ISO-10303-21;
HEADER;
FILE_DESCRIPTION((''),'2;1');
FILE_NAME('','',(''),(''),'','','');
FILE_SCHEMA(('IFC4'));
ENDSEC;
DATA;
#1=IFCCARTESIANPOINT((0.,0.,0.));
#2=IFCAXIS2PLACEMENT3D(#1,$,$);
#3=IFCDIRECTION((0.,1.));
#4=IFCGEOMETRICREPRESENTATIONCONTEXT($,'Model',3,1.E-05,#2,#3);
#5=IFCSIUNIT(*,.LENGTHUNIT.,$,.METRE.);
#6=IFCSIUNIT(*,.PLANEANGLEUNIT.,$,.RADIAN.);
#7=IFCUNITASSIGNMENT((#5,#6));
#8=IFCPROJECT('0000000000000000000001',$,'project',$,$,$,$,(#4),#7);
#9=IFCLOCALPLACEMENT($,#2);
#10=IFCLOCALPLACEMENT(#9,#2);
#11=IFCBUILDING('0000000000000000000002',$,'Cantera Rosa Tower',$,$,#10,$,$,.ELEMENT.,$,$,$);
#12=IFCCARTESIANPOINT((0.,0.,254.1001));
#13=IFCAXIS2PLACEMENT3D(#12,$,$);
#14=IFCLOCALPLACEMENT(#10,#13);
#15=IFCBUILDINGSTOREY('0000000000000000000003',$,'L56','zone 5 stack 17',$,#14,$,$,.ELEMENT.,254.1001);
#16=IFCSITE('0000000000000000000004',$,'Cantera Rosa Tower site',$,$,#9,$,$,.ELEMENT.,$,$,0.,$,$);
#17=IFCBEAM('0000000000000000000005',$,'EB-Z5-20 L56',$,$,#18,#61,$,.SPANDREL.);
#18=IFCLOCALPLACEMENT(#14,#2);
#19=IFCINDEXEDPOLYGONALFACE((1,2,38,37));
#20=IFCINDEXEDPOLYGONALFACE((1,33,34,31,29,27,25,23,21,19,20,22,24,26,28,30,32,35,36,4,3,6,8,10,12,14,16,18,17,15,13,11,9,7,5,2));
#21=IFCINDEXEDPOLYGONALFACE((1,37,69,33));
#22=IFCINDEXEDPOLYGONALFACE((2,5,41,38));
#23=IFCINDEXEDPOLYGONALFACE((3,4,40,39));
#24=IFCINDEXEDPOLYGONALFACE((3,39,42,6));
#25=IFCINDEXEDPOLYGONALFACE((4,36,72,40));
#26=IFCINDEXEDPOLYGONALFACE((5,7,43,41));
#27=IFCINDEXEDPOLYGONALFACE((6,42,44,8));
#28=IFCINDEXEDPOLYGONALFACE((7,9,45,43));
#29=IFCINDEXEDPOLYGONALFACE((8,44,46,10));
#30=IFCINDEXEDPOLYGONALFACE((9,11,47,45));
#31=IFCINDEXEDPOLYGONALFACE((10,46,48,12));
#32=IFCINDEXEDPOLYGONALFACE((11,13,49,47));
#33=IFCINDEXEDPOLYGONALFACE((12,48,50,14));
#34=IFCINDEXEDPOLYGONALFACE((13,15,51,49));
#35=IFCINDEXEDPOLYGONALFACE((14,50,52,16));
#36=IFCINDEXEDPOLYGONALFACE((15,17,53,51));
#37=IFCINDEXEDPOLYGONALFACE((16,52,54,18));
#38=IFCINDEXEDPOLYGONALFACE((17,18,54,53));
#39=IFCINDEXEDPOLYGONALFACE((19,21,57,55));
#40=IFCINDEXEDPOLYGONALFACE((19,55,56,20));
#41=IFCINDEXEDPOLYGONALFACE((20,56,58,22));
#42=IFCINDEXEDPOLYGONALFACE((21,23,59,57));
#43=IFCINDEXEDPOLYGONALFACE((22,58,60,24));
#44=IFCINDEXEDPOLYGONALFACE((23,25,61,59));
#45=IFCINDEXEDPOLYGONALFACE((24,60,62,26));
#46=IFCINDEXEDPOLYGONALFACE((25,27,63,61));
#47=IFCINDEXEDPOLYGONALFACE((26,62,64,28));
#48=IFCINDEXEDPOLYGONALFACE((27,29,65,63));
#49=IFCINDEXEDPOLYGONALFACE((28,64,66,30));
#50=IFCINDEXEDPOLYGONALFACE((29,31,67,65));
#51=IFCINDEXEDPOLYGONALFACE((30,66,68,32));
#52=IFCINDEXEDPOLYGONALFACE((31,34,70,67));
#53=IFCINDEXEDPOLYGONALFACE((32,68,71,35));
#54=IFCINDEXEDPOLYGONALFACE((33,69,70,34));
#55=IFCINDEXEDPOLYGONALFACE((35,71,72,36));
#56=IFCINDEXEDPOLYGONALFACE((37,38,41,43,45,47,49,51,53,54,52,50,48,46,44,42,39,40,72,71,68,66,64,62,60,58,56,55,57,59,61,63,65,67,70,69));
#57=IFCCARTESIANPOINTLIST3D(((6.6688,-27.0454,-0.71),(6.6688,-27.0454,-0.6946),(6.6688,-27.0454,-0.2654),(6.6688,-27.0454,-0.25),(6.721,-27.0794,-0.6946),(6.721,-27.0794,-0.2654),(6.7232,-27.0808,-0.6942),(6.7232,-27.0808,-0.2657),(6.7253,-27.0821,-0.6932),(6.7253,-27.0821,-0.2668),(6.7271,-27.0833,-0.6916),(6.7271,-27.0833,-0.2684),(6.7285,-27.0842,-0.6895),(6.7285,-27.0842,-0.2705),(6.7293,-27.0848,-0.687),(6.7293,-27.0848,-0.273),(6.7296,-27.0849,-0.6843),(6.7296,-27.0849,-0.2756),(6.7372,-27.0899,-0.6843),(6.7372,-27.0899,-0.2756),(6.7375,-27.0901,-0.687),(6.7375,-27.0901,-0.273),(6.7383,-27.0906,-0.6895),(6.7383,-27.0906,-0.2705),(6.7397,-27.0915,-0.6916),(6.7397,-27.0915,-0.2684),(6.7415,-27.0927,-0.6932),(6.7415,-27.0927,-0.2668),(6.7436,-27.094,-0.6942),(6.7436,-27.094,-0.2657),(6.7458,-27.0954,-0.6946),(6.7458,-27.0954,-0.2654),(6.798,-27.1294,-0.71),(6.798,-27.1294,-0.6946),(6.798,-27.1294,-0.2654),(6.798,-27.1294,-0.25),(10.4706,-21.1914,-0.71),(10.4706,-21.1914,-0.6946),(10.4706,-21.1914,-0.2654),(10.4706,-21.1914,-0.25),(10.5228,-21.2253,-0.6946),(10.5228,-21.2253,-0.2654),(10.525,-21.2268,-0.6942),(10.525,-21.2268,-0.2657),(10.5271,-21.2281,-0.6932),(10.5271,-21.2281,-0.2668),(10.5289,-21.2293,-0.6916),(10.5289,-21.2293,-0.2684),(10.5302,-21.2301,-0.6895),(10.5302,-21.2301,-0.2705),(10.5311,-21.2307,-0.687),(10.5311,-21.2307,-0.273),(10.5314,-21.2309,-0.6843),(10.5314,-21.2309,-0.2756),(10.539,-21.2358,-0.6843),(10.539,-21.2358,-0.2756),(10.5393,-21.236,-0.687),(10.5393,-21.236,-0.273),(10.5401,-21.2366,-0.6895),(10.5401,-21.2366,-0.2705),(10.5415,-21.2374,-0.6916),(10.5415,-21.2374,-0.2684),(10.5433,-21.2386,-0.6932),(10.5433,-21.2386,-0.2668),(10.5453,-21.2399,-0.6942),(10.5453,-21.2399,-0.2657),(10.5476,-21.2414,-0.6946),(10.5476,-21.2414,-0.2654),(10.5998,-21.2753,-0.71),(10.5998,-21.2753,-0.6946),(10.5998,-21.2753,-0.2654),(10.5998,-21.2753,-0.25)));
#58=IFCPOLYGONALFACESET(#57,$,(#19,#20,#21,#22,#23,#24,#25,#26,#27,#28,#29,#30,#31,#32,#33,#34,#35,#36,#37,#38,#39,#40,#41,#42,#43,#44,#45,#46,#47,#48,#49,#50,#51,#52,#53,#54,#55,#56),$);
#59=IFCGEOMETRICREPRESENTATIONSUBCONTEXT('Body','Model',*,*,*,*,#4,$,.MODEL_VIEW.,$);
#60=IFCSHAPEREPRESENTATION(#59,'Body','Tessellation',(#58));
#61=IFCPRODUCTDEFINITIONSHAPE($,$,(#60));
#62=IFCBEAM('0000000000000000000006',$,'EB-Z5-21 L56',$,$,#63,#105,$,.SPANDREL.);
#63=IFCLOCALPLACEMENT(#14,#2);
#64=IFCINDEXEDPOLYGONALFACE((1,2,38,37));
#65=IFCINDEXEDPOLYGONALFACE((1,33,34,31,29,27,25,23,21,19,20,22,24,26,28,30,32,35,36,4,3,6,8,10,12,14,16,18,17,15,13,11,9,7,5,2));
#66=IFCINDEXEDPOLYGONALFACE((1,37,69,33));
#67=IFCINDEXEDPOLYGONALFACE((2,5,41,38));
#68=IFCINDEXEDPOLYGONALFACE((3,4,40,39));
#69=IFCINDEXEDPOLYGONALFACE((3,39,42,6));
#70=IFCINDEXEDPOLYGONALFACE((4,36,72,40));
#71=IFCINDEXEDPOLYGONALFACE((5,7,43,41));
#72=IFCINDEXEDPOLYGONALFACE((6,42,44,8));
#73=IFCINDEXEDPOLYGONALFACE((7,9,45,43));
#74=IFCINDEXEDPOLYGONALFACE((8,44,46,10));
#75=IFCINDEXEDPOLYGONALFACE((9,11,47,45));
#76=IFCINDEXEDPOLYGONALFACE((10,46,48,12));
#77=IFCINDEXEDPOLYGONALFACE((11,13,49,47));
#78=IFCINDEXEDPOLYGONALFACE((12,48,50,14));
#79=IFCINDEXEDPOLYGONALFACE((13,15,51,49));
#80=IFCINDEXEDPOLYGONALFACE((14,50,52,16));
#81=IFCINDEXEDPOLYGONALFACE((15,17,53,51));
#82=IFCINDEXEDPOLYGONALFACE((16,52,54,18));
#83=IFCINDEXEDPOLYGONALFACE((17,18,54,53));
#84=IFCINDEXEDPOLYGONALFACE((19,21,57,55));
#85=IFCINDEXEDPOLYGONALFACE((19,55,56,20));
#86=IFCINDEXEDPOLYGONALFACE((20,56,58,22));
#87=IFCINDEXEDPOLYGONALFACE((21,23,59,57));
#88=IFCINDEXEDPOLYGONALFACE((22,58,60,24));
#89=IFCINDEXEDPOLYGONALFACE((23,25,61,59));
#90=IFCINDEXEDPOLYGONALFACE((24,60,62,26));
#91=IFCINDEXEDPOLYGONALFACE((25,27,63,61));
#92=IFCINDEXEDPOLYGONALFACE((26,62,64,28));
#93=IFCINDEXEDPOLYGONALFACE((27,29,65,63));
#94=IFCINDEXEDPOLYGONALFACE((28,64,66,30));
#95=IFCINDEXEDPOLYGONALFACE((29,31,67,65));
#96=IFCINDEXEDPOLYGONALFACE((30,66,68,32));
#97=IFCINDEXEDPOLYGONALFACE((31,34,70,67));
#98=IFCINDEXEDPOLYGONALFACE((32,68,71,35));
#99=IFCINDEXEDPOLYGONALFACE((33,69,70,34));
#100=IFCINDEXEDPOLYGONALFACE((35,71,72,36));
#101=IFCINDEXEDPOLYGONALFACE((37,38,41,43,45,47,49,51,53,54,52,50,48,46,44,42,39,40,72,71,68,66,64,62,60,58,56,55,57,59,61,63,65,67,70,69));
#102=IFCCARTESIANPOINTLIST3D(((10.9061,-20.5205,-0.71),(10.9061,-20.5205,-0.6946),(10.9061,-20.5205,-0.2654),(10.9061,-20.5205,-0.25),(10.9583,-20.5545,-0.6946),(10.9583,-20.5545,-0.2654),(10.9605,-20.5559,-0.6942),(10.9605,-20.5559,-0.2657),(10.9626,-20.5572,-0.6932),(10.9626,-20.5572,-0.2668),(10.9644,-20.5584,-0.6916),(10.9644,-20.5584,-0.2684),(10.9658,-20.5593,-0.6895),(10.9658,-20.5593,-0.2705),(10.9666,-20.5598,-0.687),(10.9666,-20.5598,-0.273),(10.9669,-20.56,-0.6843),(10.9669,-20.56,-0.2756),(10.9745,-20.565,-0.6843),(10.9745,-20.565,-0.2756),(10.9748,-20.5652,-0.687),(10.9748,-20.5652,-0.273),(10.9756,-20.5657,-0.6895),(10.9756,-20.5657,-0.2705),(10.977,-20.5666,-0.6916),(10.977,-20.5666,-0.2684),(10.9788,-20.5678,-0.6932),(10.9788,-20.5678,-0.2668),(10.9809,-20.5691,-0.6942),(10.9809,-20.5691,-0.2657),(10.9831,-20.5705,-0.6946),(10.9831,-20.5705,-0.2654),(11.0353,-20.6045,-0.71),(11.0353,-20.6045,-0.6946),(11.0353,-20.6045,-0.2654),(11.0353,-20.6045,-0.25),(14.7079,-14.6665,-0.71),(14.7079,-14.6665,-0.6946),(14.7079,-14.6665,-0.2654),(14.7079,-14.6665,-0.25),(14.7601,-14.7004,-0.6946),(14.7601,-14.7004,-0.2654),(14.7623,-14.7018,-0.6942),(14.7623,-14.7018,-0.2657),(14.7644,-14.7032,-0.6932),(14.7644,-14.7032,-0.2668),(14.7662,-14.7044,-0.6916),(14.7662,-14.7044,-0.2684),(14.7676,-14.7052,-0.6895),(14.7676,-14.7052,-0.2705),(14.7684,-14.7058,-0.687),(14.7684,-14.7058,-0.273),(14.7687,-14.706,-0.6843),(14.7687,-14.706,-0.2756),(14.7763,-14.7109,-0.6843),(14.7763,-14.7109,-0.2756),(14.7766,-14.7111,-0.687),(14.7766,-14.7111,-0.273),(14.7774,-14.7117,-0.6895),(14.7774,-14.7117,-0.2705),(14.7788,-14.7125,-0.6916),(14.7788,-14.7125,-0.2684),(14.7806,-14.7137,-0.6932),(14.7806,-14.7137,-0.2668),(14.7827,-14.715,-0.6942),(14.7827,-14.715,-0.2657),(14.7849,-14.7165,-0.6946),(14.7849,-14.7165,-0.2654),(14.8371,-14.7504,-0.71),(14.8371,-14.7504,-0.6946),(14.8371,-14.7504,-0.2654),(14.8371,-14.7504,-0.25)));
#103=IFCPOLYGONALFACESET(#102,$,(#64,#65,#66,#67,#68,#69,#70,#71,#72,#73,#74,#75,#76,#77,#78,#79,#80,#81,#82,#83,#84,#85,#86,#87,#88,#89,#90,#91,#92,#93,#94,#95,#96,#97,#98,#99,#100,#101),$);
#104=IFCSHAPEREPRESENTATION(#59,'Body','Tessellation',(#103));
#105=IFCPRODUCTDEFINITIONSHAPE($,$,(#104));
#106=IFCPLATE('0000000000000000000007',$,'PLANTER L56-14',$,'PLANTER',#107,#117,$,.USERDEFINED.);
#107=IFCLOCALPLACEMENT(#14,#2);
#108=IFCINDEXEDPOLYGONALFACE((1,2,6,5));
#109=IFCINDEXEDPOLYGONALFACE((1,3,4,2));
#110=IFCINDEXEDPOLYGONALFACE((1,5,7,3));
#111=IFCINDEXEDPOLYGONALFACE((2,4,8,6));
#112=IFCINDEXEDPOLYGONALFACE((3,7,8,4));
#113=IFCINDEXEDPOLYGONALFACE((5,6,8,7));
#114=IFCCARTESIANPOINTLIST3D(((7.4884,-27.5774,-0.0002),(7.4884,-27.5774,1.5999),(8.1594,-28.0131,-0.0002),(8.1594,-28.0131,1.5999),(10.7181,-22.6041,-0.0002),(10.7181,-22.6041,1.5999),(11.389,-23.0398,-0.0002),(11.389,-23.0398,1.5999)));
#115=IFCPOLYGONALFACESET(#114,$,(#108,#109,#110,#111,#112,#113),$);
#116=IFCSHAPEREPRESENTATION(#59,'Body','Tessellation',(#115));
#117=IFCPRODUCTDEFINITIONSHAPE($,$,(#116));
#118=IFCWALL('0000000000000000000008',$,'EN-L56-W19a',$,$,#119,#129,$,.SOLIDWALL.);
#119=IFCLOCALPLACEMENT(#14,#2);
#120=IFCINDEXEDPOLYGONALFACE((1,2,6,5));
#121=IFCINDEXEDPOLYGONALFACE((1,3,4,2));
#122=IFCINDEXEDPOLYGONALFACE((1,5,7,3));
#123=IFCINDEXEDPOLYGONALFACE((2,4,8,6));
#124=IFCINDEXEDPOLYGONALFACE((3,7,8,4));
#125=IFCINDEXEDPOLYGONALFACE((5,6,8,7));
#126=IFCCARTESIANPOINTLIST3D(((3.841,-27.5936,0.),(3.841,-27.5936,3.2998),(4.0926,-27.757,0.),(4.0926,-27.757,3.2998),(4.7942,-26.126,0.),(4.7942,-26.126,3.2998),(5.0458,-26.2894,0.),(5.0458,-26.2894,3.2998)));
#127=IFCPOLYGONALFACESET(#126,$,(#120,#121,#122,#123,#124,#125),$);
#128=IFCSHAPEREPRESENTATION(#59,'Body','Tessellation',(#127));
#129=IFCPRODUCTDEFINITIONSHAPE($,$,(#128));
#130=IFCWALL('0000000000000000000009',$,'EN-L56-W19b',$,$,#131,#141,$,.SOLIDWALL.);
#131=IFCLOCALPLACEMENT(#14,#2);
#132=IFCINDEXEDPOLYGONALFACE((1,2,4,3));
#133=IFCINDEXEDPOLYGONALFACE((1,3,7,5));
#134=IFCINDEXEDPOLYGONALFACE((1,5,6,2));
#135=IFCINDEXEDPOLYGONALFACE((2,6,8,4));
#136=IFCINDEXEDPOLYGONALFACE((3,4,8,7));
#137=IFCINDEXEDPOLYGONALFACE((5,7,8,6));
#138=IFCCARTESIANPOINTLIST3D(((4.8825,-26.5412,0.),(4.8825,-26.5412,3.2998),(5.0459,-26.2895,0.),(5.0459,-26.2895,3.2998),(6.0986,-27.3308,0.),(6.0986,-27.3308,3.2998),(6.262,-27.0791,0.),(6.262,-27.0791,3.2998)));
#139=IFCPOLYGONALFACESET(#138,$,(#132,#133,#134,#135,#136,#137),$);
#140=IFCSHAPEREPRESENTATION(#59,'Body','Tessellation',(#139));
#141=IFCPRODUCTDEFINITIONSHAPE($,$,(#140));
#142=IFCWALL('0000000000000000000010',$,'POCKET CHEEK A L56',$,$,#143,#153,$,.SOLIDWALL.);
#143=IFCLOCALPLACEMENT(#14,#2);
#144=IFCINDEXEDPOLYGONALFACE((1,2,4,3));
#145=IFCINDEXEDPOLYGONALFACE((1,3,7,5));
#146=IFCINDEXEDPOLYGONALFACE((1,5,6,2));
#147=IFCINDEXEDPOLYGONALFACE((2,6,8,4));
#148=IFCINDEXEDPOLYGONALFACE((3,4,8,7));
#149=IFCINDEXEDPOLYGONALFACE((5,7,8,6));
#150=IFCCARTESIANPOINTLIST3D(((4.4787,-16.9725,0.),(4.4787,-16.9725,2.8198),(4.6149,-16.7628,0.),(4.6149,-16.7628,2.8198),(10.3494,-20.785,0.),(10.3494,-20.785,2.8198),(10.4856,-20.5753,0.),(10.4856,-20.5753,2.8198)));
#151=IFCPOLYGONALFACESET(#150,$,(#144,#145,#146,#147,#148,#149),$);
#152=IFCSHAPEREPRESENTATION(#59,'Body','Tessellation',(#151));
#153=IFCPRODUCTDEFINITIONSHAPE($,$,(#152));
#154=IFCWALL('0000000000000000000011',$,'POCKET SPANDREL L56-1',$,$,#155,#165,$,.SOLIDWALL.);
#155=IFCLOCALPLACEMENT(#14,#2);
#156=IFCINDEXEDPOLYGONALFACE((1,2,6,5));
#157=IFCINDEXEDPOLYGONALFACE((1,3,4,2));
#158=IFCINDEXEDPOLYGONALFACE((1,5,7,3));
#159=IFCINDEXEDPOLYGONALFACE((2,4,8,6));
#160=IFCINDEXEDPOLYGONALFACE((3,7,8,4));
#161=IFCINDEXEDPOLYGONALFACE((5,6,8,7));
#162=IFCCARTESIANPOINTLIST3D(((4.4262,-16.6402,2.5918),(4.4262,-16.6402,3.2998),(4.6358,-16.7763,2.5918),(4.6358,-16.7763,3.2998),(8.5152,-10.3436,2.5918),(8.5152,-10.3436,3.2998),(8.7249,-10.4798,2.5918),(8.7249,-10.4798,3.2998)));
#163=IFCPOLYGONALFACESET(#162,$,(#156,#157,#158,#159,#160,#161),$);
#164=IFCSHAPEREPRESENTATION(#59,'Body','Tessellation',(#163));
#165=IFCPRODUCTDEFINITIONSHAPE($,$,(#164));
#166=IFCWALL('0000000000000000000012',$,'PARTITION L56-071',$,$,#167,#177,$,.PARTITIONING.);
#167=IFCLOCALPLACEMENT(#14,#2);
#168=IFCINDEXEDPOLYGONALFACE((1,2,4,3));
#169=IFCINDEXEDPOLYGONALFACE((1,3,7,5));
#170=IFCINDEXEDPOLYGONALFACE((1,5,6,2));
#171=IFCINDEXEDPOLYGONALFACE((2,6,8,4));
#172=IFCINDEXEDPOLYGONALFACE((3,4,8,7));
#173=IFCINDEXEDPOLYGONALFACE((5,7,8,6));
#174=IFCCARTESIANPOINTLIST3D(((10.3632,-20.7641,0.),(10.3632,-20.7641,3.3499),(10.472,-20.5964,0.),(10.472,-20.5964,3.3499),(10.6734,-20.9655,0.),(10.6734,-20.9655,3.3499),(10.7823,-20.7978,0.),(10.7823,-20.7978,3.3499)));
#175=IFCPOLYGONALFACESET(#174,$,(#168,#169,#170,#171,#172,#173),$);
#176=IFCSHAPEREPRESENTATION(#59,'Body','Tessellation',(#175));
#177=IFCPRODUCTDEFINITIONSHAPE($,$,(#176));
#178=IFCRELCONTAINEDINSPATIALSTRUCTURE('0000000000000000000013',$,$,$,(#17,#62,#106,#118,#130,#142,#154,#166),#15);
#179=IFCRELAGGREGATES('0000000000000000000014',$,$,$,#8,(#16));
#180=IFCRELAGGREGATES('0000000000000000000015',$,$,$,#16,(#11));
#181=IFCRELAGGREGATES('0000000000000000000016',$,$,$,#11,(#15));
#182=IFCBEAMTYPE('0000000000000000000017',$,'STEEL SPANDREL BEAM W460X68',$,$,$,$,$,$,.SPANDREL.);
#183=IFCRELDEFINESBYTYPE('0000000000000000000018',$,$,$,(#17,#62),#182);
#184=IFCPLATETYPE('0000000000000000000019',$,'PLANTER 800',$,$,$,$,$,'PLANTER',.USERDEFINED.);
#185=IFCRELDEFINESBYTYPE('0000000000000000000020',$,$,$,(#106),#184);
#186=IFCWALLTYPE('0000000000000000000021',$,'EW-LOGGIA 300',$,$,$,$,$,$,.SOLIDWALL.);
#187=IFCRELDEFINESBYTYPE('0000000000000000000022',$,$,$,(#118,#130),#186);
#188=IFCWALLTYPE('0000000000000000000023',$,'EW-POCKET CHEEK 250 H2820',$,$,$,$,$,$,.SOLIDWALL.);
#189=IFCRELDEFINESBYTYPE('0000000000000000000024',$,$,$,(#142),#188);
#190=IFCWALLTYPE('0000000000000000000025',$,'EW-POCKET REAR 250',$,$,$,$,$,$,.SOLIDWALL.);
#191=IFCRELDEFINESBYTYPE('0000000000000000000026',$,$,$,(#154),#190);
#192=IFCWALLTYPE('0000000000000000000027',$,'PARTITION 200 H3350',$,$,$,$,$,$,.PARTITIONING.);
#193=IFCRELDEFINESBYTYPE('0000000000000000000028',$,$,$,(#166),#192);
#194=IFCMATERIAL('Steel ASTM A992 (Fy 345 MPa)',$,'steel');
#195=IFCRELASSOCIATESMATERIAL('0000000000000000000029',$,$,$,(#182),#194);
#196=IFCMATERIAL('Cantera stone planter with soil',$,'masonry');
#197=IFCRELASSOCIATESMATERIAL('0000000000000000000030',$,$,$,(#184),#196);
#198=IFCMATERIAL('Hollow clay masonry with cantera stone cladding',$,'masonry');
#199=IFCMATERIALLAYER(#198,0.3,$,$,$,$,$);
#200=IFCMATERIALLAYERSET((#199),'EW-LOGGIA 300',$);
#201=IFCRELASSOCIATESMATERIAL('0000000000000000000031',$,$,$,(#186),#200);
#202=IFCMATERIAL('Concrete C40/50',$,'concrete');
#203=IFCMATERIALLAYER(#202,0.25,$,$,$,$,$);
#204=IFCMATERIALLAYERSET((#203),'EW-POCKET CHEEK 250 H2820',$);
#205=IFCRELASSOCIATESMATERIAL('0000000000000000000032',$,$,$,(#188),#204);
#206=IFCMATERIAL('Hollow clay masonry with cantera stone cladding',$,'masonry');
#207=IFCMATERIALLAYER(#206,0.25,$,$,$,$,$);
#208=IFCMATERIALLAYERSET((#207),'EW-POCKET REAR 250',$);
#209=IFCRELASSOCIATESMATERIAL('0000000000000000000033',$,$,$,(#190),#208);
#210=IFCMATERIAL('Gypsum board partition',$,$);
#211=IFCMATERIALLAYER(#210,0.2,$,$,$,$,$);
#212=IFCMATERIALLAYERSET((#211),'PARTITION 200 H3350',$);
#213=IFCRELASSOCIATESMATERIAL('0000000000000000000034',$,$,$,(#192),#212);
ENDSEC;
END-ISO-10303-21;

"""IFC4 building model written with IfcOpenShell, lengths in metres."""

from ifc_helpers import new_model, si_unit, direction, frame, frame_2d, origin, origin_2d, place, context, subcontext, project, spatial, rectangle, i_section, extrude, material, layer, layer_set, material_profile, profile_set, type_object, element, save


model = new_model("IFC4")

# Units and contexts
model_context = context("Model", 3, precision=1e-05, world=origin(), true_north=direction((0.0, 1.0)))
body_context = subcontext(model_context, "Body", "Model", "MODEL_VIEW")
ifc_project = project(units=[si_unit("LENGTHUNIT", "METRE"), si_unit("PLANEANGLEUNIT", "RADIAN")], contexts=[model_context])

# Site, building, storey
site_placement = place(None, origin())
site = spatial("IfcSite", under=ifc_project, at=site_placement, Name="Cantera Rosa Tower site", CompositionType="ELEMENT", RefElevation=0.0)
building_placement = place(site_placement, origin())
building = spatial("IfcBuilding", under=site, at=building_placement, Name="Cantera Rosa Tower", CompositionType="ELEMENT")
storey_placement = place(building_placement, frame((0.0, 0.0, 254.1001)))
storey = spatial("IfcBuildingStorey", under=building, at=storey_placement, Name="L56", Description="zone 5 stack 17", CompositionType="ELEMENT", Elevation=254.1001)

# Beams
ifc_material_1 = material(Name="Steel ASTM A992 (Fy 345 MPa)", Category="steel")
ifc_material_profile_1 = material_profile(ifc_material_1, i_section(OverallWidth=0.1541, OverallDepth=0.46, WebThickness=0.009, FlangeThickness=0.0154, FilletRadius=0.0103, at=origin_2d()), Name="W460X68")
ifc_profile_set_1 = profile_set([ifc_material_profile_1], Name="Steel ASTM A992 (Fy 345 MPa)")
beam_type_1 = type_object("IfcBeamType", Name="STEEL SPANDREL BEAM W460X68", PredefinedType="SPANDREL", material=ifc_profile_set_1)
for number, where, z_axis, x_axis, name in (
    (1, (6.7334, -27.0874, -0.48), (0.544651, 0.838663, 0.0), (-0.838663, 0.544651, 0.0), "EB-Z5-20 L56"),
    (2, (10.9707, -20.5625, -0.48), (0.544651, 0.838663, 0.0), (-0.838663, 0.544651, 0.0), "EB-Z5-21 L56"),
):
    element("IfcBeam", number, at=place(storey_placement, frame(where, z_axis=z_axis, x_axis=x_axis)), inside=storey, type_object=beam_type_1, Name=name, PredefinedType="SPANDREL", context=body_context, shape_type="SweptSolid", body=[
        extrude(i_section(OverallWidth=0.1541, OverallDepth=0.46, WebThickness=0.009, FlangeThickness=0.0154, FilletRadius=0.0103, at=origin_2d()), origin(), (0.0, 0.0, 1.0), 6.9802),
    ])

# Plate
ifc_material_2 = material(Name="Cantera stone planter with soil", Category="masonry")
plate_type = type_object("IfcPlateType", Name="PLANTER 800", ElementType="PLANTER", PredefinedType="USERDEFINED", material=ifc_material_2)
plate_placement = place(storey_placement, frame((9.4387, -25.3086, -0.0002), z_axis=(0.0, 0.0, 1.0), x_axis=(0.544639, 0.838671, 0.0)))
element("IfcPlate", 3, at=plate_placement, inside=storey, type_object=plate_type, Name="PLANTER L56-14", ObjectType="PLANTER", PredefinedType="USERDEFINED", context=body_context, shape_type="SweptSolid", body=[
    extrude(rectangle(XDim=5.9299, YDim=0.8, at=origin_2d()), origin(), (0.0, 0.0, 1.0), 1.6001),
])

# Walls
ifc_material_3 = material(Name="Hollow clay masonry with cantera stone cladding", Category="masonry")
ifc_layer_1 = layer(ifc_material_3, 0.3)
ifc_layer_set_1 = layer_set([ifc_layer_1], Name="EW-LOGGIA 300")
wall_type_1 = type_object("IfcWallType", Name="EW-LOGGIA 300", PredefinedType="SOLIDWALL", material=ifc_layer_set_1)
wall_1_placement = place(storey_placement, frame((3.9668, -27.6753, 0.0), z_axis=(0.0, 0.0, 1.0), x_axis=(0.544679, 0.838644, 0.0)))
element("IfcWall", 4, at=wall_1_placement, inside=storey, type_object=wall_type_1, Name="EN-L56-W19a", PredefinedType="SOLIDWALL", context=body_context, shape_type="SweptSolid", body=[
    extrude(rectangle(XDim=1.75, YDim=0.3, at=frame_2d((0.875, 0.0))), origin(), (0.0, 0.0, 1.0), 3.2998),
])
wall_2_placement = place(storey_placement, frame((4.9641, -26.4153, 0.0), z_axis=(0.0, 0.0, 1.0), x_axis=(0.838724, -0.544556, 0.0)))
element("IfcWall", 5, at=wall_2_placement, inside=storey, type_object=wall_type_1, Name="EN-L56-W19b", PredefinedType="SOLIDWALL", context=body_context, shape_type="SweptSolid", body=[
    extrude(rectangle(XDim=1.45, YDim=0.3, at=frame_2d((0.7251, 0.0))), origin(), (0.0, 0.0, 1.0), 3.2998),
])

# Walls
ifc_material_4 = material(Name="Concrete C40/50", Category="concrete")
ifc_layer_2 = layer(ifc_material_4, 0.25)
ifc_layer_set_2 = layer_set([ifc_layer_2], Name="EW-POCKET CHEEK 250 H2820")
wall_type_2 = type_object("IfcWallType", Name="EW-POCKET CHEEK 250 H2820", PredefinedType="SOLIDWALL", material=ifc_layer_set_2)
wall_3_placement = place(storey_placement, frame((10.4175, -20.6802, 0.0), z_axis=(0.0, 0.0, 1.0), x_axis=(-0.838665, 0.544647, 0.0)))
element("IfcWall", 6, at=wall_3_placement, inside=storey, type_object=wall_type_2, Name="POCKET CHEEK A L56", PredefinedType="SOLIDWALL", context=body_context, shape_type="SweptSolid", body=[
    extrude(rectangle(XDim=7.0, YDim=0.25, at=frame_2d((3.5, 0.0))), origin(), (0.0, 0.0, 1.0), 2.8198),
])
ifc_material_5 = material(Name="Hollow clay masonry with cantera stone cladding", Category="masonry")
ifc_layer_3 = layer(ifc_material_5, 0.25)
ifc_layer_set_3 = layer_set([ifc_layer_3], Name="EW-POCKET REAR 250")
wall_type_3 = type_object("IfcWallType", Name="EW-POCKET REAR 250", PredefinedType="SOLIDWALL", material=ifc_layer_set_3)
wall_4_placement = place(storey_placement, frame((4.531, -16.7083, 2.5918), z_axis=(0.0, 0.0, 1.0), x_axis=(0.544642, 0.838669, 0.0)))
element("IfcWall", 7, at=wall_4_placement, inside=storey, type_object=wall_type_3, Name="POCKET SPANDREL L56-1", PredefinedType="SOLIDWALL", context=body_context, shape_type="SweptSolid", body=[
    extrude(rectangle(XDim=7.5078, YDim=0.25, at=frame_2d((3.7539, 0.0))), origin(), (0.0, 0.0, 1.0), 0.708),
])
ifc_material_6 = material(Name="Gypsum board partition")
ifc_layer_4 = layer(ifc_material_6, 0.2)
ifc_layer_set_4 = layer_set([ifc_layer_4], Name="PARTITION 200 H3350")
wall_type_4 = type_object("IfcWallType", Name="PARTITION 200 H3350", PredefinedType="PARTITIONING", material=ifc_layer_set_4)
wall_5_placement = place(storey_placement, frame((10.4175, -20.6802, 0.0), z_axis=(0.0, 0.0, 1.0), x_axis=(0.83879, -0.544455, 0.0)))
element("IfcWall", 8, at=wall_5_placement, inside=storey, type_object=wall_type_4, Name="PARTITION L56-071", PredefinedType="PARTITIONING", context=body_context, shape_type="SweptSolid", body=[
    extrude(rectangle(XDim=0.3699, YDim=0.2, at=frame_2d((0.1851, 0.0))), origin(), (0.0, 0.0, 1.0), 3.3499),
])

save(model, "model.ifc")
